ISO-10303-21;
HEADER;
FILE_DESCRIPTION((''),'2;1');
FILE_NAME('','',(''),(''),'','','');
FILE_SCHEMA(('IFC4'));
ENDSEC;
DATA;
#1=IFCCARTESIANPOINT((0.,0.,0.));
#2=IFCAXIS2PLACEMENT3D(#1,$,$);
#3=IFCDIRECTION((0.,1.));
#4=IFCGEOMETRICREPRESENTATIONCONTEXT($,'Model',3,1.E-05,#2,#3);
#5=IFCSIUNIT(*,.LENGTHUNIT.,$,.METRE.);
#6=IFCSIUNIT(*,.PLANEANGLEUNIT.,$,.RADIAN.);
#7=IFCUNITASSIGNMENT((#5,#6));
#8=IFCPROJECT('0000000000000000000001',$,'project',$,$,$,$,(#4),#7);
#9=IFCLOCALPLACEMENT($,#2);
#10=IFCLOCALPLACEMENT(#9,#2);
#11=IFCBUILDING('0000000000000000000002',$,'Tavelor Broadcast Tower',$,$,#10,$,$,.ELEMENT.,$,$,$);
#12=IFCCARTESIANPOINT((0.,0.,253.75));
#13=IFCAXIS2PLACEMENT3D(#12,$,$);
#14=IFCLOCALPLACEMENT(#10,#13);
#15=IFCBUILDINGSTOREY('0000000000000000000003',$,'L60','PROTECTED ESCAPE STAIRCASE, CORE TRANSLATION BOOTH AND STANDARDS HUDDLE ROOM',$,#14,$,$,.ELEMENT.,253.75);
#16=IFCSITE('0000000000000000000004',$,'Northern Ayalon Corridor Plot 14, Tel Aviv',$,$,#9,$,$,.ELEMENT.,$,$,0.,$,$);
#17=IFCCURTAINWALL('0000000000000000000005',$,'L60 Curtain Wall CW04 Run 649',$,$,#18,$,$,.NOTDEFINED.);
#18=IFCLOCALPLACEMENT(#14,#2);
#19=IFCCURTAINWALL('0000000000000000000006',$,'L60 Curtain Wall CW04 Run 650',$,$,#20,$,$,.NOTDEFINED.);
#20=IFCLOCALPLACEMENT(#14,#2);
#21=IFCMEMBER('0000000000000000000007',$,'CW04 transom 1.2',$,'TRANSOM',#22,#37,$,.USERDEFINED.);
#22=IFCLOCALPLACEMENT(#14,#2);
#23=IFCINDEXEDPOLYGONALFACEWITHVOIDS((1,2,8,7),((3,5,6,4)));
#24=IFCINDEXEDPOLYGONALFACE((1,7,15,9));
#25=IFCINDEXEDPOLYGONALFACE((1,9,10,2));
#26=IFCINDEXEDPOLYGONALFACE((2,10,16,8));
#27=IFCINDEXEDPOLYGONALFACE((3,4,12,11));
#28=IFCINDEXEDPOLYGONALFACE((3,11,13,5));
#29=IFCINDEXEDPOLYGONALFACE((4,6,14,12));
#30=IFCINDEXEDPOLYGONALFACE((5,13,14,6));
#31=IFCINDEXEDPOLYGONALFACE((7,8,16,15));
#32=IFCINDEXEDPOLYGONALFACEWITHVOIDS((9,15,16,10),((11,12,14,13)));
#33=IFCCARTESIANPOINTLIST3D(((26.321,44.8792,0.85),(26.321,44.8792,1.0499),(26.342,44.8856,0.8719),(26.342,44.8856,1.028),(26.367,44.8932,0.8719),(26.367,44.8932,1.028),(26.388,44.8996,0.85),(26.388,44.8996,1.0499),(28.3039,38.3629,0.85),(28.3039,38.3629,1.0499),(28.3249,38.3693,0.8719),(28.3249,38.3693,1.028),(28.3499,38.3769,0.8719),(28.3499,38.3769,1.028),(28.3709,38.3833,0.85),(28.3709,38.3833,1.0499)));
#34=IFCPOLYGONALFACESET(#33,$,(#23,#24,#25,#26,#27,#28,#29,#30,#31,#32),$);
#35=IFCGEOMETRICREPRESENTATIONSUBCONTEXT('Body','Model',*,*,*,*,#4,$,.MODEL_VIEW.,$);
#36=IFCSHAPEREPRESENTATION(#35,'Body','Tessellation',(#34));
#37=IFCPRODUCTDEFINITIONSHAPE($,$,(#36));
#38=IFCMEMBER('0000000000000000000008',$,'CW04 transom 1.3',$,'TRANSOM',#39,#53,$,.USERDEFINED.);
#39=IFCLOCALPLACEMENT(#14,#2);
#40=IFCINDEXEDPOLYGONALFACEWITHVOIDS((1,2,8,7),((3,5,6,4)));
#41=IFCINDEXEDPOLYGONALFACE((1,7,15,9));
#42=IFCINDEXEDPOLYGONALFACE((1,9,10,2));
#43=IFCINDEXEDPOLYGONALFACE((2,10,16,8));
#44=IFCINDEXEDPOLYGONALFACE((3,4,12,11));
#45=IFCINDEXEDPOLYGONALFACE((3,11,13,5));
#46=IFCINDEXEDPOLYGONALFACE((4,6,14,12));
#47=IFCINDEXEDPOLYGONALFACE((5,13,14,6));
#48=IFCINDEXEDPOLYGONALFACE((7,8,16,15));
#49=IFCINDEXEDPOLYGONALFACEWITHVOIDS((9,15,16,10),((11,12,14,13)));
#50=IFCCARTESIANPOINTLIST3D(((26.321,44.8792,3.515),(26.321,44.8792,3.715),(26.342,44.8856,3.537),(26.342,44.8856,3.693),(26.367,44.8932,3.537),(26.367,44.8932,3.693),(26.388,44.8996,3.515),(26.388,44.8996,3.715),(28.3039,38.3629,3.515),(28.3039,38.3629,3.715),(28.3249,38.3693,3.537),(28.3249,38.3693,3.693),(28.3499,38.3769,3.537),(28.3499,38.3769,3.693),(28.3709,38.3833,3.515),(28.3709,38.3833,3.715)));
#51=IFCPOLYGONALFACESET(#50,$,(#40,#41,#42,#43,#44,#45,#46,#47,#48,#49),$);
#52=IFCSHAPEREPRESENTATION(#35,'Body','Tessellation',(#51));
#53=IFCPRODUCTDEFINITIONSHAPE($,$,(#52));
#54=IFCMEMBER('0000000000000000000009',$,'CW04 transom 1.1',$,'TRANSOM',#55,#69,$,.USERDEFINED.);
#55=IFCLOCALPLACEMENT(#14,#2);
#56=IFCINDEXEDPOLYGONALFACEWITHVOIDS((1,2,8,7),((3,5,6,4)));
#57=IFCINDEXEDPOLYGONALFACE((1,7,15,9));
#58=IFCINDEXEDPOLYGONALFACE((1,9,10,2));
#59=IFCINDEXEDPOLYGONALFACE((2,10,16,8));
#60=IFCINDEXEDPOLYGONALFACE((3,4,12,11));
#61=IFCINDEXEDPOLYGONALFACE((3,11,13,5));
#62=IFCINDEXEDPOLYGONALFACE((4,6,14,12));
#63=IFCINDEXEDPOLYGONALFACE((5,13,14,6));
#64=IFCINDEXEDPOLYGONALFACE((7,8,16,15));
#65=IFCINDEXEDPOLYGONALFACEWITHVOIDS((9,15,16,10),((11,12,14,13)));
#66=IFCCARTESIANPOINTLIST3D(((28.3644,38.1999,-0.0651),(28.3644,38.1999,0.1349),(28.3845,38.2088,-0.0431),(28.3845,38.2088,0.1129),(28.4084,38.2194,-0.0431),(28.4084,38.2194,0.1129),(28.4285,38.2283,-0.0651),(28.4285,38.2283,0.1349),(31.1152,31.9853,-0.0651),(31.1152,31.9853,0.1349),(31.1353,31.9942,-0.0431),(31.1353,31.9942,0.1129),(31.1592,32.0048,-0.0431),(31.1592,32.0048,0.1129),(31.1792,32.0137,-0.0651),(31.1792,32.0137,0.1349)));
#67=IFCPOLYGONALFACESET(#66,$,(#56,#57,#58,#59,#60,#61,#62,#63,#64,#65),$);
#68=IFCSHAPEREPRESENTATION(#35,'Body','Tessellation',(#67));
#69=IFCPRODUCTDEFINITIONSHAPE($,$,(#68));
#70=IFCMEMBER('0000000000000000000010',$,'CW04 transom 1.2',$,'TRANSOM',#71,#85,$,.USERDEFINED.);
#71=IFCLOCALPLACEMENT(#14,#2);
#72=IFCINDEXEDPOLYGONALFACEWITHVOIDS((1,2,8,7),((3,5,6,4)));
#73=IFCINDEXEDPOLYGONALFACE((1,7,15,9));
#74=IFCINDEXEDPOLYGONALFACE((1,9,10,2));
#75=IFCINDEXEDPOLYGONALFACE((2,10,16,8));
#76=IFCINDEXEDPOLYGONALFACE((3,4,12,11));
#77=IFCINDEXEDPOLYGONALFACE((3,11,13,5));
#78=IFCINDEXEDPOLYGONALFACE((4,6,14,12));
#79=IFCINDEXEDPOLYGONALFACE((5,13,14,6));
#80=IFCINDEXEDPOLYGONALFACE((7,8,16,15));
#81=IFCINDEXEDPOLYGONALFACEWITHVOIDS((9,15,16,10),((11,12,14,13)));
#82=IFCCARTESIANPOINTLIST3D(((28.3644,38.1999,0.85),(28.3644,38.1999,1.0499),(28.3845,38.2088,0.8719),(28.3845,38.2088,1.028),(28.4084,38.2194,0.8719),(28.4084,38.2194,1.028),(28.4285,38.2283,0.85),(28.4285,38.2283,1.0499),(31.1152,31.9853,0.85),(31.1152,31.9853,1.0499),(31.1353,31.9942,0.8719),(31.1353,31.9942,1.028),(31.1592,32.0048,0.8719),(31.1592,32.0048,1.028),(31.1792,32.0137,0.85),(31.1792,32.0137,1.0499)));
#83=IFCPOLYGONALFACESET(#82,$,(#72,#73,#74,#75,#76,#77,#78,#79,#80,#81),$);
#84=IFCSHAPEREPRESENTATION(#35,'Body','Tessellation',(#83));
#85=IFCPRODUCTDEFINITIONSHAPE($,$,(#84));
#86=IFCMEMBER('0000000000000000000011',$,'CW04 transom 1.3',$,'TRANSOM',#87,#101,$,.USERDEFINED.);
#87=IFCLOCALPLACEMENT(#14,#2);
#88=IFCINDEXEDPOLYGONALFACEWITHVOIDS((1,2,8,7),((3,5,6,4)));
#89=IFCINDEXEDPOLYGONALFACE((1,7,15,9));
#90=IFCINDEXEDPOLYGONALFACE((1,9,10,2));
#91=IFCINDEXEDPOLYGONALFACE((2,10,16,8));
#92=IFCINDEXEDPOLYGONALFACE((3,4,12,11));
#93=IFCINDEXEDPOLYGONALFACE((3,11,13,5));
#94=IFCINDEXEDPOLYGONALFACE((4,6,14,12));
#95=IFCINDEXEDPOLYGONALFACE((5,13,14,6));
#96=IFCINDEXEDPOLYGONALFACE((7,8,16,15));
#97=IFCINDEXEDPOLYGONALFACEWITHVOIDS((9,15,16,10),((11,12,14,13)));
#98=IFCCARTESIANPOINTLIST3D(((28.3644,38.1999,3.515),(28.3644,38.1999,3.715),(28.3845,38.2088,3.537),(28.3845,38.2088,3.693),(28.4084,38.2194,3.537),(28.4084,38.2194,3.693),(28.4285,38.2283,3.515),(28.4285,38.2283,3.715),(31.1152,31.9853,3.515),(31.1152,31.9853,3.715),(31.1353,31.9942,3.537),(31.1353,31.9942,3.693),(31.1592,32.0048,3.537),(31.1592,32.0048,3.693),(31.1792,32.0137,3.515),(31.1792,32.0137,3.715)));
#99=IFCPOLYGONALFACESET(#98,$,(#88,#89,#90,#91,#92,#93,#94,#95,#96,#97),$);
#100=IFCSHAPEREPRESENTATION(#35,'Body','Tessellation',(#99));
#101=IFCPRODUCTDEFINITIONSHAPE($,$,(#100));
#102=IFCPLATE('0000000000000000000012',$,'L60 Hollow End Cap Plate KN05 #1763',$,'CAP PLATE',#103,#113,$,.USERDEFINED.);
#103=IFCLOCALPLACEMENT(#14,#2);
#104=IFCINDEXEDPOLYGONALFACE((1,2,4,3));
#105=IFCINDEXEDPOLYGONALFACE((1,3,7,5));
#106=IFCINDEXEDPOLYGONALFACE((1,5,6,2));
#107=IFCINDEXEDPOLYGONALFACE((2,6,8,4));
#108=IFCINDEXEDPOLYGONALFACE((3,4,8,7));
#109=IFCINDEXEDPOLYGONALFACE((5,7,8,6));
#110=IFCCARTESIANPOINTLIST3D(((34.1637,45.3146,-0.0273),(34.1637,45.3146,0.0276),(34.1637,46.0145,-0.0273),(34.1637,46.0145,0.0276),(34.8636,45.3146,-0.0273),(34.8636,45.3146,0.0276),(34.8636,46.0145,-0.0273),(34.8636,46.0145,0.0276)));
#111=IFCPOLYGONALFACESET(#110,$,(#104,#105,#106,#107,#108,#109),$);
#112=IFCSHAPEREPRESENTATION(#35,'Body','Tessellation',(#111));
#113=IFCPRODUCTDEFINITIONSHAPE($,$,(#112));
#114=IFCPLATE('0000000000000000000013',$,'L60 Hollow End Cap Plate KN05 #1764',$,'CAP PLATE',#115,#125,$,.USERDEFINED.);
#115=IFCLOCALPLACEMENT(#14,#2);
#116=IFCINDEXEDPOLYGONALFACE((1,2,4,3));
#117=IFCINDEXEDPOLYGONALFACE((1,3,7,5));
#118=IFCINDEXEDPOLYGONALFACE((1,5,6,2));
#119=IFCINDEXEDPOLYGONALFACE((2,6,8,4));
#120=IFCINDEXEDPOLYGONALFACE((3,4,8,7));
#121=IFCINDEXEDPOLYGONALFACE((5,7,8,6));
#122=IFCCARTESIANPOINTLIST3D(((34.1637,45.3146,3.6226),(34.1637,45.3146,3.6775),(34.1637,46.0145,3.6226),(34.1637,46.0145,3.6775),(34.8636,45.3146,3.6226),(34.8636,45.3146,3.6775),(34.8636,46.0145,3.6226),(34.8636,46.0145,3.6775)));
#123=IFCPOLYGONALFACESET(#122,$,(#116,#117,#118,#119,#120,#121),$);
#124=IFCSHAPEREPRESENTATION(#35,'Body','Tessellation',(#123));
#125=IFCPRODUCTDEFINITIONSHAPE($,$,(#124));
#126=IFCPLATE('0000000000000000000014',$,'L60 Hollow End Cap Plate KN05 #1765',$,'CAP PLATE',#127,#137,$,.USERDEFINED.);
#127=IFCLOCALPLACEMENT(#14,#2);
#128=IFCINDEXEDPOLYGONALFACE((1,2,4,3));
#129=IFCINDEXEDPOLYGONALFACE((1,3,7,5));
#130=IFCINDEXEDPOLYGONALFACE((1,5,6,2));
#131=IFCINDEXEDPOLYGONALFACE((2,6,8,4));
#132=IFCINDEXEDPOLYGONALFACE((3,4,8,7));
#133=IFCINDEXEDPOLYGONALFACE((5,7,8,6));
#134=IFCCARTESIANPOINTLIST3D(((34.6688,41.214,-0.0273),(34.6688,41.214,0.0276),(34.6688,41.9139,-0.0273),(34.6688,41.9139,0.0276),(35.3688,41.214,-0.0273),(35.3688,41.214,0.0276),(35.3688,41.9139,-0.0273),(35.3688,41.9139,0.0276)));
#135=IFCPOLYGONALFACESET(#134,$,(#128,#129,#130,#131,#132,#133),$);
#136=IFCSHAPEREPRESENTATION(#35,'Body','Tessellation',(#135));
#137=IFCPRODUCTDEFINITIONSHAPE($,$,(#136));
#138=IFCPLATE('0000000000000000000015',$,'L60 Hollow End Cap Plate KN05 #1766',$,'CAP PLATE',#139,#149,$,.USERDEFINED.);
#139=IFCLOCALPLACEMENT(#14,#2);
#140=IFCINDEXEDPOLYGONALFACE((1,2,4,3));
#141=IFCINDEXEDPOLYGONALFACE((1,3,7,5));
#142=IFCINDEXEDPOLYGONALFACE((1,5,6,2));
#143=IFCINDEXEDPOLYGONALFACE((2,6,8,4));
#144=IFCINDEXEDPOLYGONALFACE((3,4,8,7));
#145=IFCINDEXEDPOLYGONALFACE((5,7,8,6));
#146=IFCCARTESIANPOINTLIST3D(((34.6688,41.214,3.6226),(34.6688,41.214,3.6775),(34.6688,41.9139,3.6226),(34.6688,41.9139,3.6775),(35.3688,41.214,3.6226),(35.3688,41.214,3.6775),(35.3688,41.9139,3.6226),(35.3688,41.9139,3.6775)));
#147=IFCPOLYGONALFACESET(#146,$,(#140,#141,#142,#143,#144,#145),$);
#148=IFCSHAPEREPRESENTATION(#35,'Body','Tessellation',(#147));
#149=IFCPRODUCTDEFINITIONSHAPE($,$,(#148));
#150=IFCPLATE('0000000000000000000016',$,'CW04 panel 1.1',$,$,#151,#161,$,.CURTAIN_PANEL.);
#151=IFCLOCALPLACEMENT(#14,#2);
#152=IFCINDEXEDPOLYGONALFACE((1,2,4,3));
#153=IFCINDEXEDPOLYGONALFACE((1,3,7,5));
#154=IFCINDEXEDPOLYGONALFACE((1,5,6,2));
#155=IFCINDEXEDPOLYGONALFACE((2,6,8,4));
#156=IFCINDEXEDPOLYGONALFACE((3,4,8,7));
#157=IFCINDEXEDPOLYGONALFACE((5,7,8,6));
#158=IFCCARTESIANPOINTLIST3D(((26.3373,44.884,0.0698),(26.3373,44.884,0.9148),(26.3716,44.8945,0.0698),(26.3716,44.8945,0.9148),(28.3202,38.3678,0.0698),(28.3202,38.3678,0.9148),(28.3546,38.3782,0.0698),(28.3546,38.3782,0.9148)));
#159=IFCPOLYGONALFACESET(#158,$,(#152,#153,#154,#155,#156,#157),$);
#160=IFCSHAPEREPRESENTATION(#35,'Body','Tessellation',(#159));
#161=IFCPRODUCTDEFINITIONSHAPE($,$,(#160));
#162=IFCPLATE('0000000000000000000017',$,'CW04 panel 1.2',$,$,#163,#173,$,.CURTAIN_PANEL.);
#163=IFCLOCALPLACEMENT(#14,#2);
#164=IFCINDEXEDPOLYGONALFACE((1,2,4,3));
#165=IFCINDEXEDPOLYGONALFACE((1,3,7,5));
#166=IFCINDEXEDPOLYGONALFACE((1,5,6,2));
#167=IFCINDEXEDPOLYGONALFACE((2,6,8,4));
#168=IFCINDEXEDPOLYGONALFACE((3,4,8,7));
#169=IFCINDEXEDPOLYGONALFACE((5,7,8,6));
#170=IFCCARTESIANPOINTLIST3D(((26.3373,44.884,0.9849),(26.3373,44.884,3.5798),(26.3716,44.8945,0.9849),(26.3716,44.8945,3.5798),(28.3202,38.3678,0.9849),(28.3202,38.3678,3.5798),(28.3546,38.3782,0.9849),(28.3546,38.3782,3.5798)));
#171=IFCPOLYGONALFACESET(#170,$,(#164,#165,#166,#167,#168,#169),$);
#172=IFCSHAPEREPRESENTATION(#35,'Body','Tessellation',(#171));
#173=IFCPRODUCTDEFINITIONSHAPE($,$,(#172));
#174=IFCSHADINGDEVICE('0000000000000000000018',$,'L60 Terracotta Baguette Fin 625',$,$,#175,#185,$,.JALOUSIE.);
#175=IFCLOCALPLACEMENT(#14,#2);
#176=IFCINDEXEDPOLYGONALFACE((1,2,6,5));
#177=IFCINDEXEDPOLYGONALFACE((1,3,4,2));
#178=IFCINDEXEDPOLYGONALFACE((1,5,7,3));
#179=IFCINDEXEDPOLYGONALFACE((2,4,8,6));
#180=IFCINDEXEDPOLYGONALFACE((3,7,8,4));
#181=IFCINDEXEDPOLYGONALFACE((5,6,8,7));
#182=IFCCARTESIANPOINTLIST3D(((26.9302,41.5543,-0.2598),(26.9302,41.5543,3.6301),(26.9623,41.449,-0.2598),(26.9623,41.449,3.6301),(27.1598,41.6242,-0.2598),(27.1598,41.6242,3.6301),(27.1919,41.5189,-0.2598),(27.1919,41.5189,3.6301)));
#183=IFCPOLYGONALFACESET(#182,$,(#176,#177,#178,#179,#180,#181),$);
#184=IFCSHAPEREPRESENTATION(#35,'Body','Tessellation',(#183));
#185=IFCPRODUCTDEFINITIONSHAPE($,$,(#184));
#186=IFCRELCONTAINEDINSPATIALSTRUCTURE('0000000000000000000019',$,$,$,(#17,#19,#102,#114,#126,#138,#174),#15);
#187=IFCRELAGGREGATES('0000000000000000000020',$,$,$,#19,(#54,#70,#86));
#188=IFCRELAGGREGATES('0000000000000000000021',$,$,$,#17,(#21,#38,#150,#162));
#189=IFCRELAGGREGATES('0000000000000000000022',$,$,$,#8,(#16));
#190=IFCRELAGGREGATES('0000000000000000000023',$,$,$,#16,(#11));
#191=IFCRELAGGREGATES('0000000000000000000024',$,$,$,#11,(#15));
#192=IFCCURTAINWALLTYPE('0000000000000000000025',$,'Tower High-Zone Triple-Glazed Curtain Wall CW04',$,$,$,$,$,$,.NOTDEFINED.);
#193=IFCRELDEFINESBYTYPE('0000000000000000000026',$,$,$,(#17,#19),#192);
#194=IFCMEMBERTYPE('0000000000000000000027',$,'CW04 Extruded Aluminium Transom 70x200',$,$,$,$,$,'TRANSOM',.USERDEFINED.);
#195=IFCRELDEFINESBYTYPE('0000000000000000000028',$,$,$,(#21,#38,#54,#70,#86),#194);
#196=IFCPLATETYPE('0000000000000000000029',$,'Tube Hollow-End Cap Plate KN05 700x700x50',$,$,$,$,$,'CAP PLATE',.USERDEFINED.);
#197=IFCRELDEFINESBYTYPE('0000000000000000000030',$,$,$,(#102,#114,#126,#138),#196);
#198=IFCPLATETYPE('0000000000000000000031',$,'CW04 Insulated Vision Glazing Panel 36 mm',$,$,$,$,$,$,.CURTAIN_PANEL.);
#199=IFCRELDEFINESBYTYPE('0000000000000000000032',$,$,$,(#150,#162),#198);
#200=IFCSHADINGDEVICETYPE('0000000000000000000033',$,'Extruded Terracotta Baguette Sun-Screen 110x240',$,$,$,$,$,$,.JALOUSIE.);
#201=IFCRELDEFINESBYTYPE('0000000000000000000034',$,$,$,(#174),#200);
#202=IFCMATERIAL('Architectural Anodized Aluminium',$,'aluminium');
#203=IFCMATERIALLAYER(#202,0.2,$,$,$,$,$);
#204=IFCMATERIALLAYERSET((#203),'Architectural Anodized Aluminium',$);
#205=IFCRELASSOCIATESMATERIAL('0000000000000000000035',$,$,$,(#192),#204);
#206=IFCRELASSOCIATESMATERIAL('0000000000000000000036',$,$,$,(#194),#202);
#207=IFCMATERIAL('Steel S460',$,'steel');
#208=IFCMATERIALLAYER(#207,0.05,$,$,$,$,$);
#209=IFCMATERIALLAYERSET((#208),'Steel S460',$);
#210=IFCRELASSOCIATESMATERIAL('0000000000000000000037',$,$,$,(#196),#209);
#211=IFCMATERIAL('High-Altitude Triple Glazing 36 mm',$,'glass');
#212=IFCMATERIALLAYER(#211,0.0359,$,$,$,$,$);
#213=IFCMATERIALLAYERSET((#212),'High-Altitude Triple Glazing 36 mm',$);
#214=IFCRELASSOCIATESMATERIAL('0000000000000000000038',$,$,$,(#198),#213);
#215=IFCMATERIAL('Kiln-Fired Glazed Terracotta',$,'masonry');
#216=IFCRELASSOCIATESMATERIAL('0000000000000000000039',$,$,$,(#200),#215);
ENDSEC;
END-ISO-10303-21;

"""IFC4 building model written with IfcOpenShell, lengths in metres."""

from ifc_helpers import new_model, si_unit, direction, frame, origin, origin_2d, place, context, subcontext, project, spatial, rectangle, hollow_rectangle, extrude, source, transform, mapped, material, layer, layer_set, material_profile, profile_set, type_object, type_shapes, element, aggregate, save


model = new_model("IFC4")

# Units and contexts
model_context = context("Model", 3, precision=1e-05, world=origin(), true_north=direction((0.0, 1.0)))
body_context = subcontext(model_context, "Body", "Model", "MODEL_VIEW")
ifc_project = project(units=[si_unit("LENGTHUNIT", "METRE"), si_unit("PLANEANGLEUNIT", "RADIAN")], contexts=[model_context])

# Site, building, storey
site_placement = place(None, origin())
site = spatial("IfcSite", under=ifc_project, at=site_placement, Name="Northern Ayalon Corridor Plot 14, Tel Aviv", CompositionType="ELEMENT", RefElevation=0.0)
building_placement = place(site_placement, origin())
building = spatial("IfcBuilding", under=site, at=building_placement, Name="Tavelor Broadcast Tower", CompositionType="ELEMENT")
storey_placement = place(building_placement, frame((0.0, 0.0, 253.75)))
storey = spatial("IfcBuildingStorey", under=building, at=storey_placement, Name="L60", Description="PROTECTED ESCAPE STAIRCASE, CORE TRANSLATION BOOTH AND STANDARDS HUDDLE ROOM", CompositionType="ELEMENT", Elevation=253.75)

# Shared definitions
ifc_material_1 = material(Name="Steel S460", Category="steel")

# Curtain wall
ifc_material_2 = material(Name="Architectural Anodized Aluminium", Category="aluminium")
ifc_layer_1 = layer(ifc_material_2, 0.2)
ifc_layer_set_1 = layer_set([ifc_layer_1], Name="Architectural Anodized Aluminium")
curtain_wall_type = type_object("IfcCurtainWallType", Name="Tower High-Zone Triple-Glazed Curtain Wall CW04", PredefinedType="NOTDEFINED", material=ifc_layer_set_1)
curtain_wall_1_placement = place(storey_placement, origin())
curtain_wall_1 = element("IfcCurtainWall", 1, at=curtain_wall_1_placement, inside=storey, type_object=curtain_wall_type, Name="L60 Curtain Wall CW04 Run 649", PredefinedType="NOTDEFINED")

# Curtain wall
curtain_wall_2_placement = place(storey_placement, origin())
curtain_wall_2 = element("IfcCurtainWall", 2, at=curtain_wall_2_placement, inside=storey, type_object=curtain_wall_type, Name="L60 Curtain Wall CW04 Run 650", PredefinedType="NOTDEFINED")

# Members
ifc_material_profile_1 = material_profile(ifc_material_2, hollow_rectangle(XDim=0.0701, YDim=0.2, WallThickness=0.022, at=origin_2d()), Name="RHS 70x200x22")
ifc_profile_set_1 = profile_set([ifc_material_profile_1], Name="Architectural Anodized Aluminium")
member_type_1 = type_object("IfcMemberType", Name="CW04 Extruded Aluminium Transom 70x200", ElementType="TRANSOM", PredefinedType="USERDEFINED", material=ifc_profile_set_1)
shared_shape_1 = source(origin(), body_context, "Body", "SweptSolid", [
    extrude(hollow_rectangle(XDim=0.0701, YDim=0.2, WallThickness=0.022, at=origin_2d()), origin(), (0.0, 0.0, 1.0), 6.8113),
])
member_1_placement = place(storey_placement, frame((26.3545, 44.8894, 0.95), z_axis=(0.291117, -0.956687, 0.0), x_axis=(0.956687, 0.291117, 0.0)))
member_1 = element("IfcMember", 3, at=member_1_placement, type_object=member_type_1, Name="CW04 transom 1.2", ObjectType="TRANSOM", PredefinedType="USERDEFINED", context=body_context, shape_type="MappedRepresentation", body=[
    mapped(shared_shape_1, transform((0.0, 0.0, 0.0), scale=1.0)),
])
member_2_placement = place(storey_placement, frame((26.3545, 44.8894, 3.615), z_axis=(0.291117, -0.956687, 0.0), x_axis=(0.956687, 0.291117, 0.0)))
member_2 = element("IfcMember", 4, at=member_2_placement, type_object=member_type_1, Name="CW04 transom 1.3", ObjectType="TRANSOM", PredefinedType="USERDEFINED", context=body_context, shape_type="MappedRepresentation", body=[
    mapped(shared_shape_1, transform((0.0, 0.0, 0.0), scale=1.0)),
])
shared_shape_2 = source(origin(), body_context, "Body", "SweptSolid", [
    extrude(hollow_rectangle(XDim=0.0701, YDim=0.2, WallThickness=0.022, at=origin_2d()), origin(), (0.0, 0.0, 1.0), 6.7961),
])
type_shapes(member_type_1, [shared_shape_1, shared_shape_2])
member_3_placement = place(storey_placement, frame((28.3965, 38.2141, 0.0349), z_axis=(0.404748, -0.914428, 0.0), x_axis=(0.914428, 0.404748, 0.0)))
member_3 = element("IfcMember", 5, at=member_3_placement, type_object=member_type_1, Name="CW04 transom 1.1", ObjectType="TRANSOM", PredefinedType="USERDEFINED", context=body_context, shape_type="MappedRepresentation", body=[
    mapped(shared_shape_2, transform((0.0, 0.0, 0.0), scale=1.0)),
])
member_4_placement = place(storey_placement, frame((28.3965, 38.2141, 0.95), z_axis=(0.404748, -0.914428, 0.0), x_axis=(0.914428, 0.404748, 0.0)))
member_4 = element("IfcMember", 6, at=member_4_placement, type_object=member_type_1, Name="CW04 transom 1.2", ObjectType="TRANSOM", PredefinedType="USERDEFINED", context=body_context, shape_type="MappedRepresentation", body=[
    mapped(shared_shape_2, transform((0.0, 0.0, 0.0), scale=1.0)),
])
member_5_placement = place(storey_placement, frame((28.3965, 38.2141, 3.615), z_axis=(0.404748, -0.914428, 0.0), x_axis=(0.914428, 0.404748, 0.0)))
member_5 = element("IfcMember", 7, at=member_5_placement, type_object=member_type_1, Name="CW04 transom 1.3", ObjectType="TRANSOM", PredefinedType="USERDEFINED", context=body_context, shape_type="MappedRepresentation", body=[
    mapped(shared_shape_2, transform((0.0, 0.0, 0.0), scale=1.0)),
])
aggregate(curtain_wall_2, [member_3, member_4, member_5])

# Plates
ifc_layer_2 = layer(ifc_material_1, 0.05)
ifc_layer_set_2 = layer_set([ifc_layer_2], Name="Steel S460")
plate_type_1 = type_object("IfcPlateType", Name="Tube Hollow-End Cap Plate KN05 700x700x50", ElementType="CAP PLATE", PredefinedType="USERDEFINED", material=ifc_layer_set_2)
shared_shape_3 = source(origin(), body_context, "Body", "SweptSolid", [
    extrude(rectangle(XDim=0.7, YDim=0.7, at=origin_2d()), origin(), (0.0, 0.0, 1.0), 0.0549),
])
type_shapes(plate_type_1, [shared_shape_3])
for number, where, z_axis, x_axis, name in (
    (8, (34.5137, 45.6646, -0.0273), (0.0, 0.0, 1.0), (1.0, 0.0, 0.0), "L60 Hollow End Cap Plate KN05 #1763"),
    (9, (34.5137, 45.6646, 3.6226), (0.0, 0.0, 1.0), (1.0, 0.0, 0.0), "L60 Hollow End Cap Plate KN05 #1764"),
    (10, (35.0188, 41.564, -0.0273), (0.0, 0.0, 1.0), (1.0, 0.0, 0.0), "L60 Hollow End Cap Plate KN05 #1765"),
    (11, (35.0188, 41.564, 3.6226), (0.0, 0.0, 1.0), (1.0, 0.0, 0.0), "L60 Hollow End Cap Plate KN05 #1766"),
):
    element("IfcPlate", number, at=place(storey_placement, frame(where, z_axis=z_axis, x_axis=x_axis)), inside=storey, type_object=plate_type_1, Name=name, ObjectType="CAP PLATE", PredefinedType="USERDEFINED", context=body_context, shape_type="MappedRepresentation", body=[
        mapped(shared_shape_3, transform((0.0, 0.0, 0.0), scale=1.0)),
    ])

# Plates
ifc_material_3 = material(Name="High-Altitude Triple Glazing 36 mm", Category="glass")
ifc_layer_3 = layer(ifc_material_3, 0.0359)
ifc_layer_set_3 = layer_set([ifc_layer_3], Name="High-Altitude Triple Glazing 36 mm")
plate_type_2 = type_object("IfcPlateType", Name="CW04 Insulated Vision Glazing Panel 36 mm", PredefinedType="CURTAIN_PANEL", material=ifc_layer_set_3)
shared_shape_4 = source(origin(), body_context, "Body", "SweptSolid", [
    extrude(rectangle(XDim=6.8113, YDim=0.0359, at=origin_2d()), origin(), (0.0, 0.0, 1.0), 0.845),
])
plate_1_placement = place(storey_placement, frame((27.3459, 41.6311, 0.0698), z_axis=(0.0, 0.0, 1.0), x_axis=(0.291126, -0.956685, 0.0)))
plate_1 = element("IfcPlate", 12, at=plate_1_placement, type_object=plate_type_2, Name="CW04 panel 1.1", PredefinedType="CURTAIN_PANEL", context=body_context, shape_type="MappedRepresentation", body=[
    mapped(shared_shape_4, transform((0.0, 0.0, 0.0), scale=1.0)),
])
shared_shape_5 = source(origin(), body_context, "Body", "SweptSolid", [
    extrude(rectangle(XDim=6.8113, YDim=0.0359, at=origin_2d()), origin(), (0.0, 0.0, 1.0), 2.595),
])
type_shapes(plate_type_2, [shared_shape_4, shared_shape_5])
plate_2_placement = place(storey_placement, frame((27.3459, 41.6311, 0.9849), z_axis=(0.0, 0.0, 1.0), x_axis=(0.291126, -0.956685, 0.0)))
plate_2 = element("IfcPlate", 13, at=plate_2_placement, type_object=plate_type_2, Name="CW04 panel 1.2", PredefinedType="CURTAIN_PANEL", context=body_context, shape_type="MappedRepresentation", body=[
    mapped(shared_shape_5, transform((0.0, 0.0, 0.0), scale=1.0)),
])
aggregate(curtain_wall_1, [member_1, member_2, plate_1, plate_2])

# Shading device
ifc_material_4 = material(Name="Kiln-Fired Glazed Terracotta", Category="masonry")
shading_device_type = type_object("IfcShadingDeviceType", Name="Extruded Terracotta Baguette Sun-Screen 110x240", PredefinedType="JALOUSIE", material=ifc_material_4)
shared_shape_6 = source(origin(), body_context, "Body", "SweptSolid", [
    extrude(rectangle(XDim=0.1101, YDim=0.24, at=origin_2d()), origin(), (0.0, 0.0, 1.0), 3.8899),
])
type_shapes(shading_device_type, [shared_shape_6])
shading_device_placement = place(storey_placement, frame((27.061, 41.5366, -0.2598), z_axis=(0.0, 0.0, 1.0), x_axis=(0.291203, -0.956661, 0.0)))
element("IfcShadingDevice", 14, at=shading_device_placement, inside=storey, type_object=shading_device_type, Name="L60 Terracotta Baguette Fin 625", PredefinedType="JALOUSIE", context=body_context, shape_type="MappedRepresentation", body=[
    mapped(shared_shape_6, transform((0.0, 0.0, 0.0), scale=1.0)),
])

save(model, "model.ifc")
